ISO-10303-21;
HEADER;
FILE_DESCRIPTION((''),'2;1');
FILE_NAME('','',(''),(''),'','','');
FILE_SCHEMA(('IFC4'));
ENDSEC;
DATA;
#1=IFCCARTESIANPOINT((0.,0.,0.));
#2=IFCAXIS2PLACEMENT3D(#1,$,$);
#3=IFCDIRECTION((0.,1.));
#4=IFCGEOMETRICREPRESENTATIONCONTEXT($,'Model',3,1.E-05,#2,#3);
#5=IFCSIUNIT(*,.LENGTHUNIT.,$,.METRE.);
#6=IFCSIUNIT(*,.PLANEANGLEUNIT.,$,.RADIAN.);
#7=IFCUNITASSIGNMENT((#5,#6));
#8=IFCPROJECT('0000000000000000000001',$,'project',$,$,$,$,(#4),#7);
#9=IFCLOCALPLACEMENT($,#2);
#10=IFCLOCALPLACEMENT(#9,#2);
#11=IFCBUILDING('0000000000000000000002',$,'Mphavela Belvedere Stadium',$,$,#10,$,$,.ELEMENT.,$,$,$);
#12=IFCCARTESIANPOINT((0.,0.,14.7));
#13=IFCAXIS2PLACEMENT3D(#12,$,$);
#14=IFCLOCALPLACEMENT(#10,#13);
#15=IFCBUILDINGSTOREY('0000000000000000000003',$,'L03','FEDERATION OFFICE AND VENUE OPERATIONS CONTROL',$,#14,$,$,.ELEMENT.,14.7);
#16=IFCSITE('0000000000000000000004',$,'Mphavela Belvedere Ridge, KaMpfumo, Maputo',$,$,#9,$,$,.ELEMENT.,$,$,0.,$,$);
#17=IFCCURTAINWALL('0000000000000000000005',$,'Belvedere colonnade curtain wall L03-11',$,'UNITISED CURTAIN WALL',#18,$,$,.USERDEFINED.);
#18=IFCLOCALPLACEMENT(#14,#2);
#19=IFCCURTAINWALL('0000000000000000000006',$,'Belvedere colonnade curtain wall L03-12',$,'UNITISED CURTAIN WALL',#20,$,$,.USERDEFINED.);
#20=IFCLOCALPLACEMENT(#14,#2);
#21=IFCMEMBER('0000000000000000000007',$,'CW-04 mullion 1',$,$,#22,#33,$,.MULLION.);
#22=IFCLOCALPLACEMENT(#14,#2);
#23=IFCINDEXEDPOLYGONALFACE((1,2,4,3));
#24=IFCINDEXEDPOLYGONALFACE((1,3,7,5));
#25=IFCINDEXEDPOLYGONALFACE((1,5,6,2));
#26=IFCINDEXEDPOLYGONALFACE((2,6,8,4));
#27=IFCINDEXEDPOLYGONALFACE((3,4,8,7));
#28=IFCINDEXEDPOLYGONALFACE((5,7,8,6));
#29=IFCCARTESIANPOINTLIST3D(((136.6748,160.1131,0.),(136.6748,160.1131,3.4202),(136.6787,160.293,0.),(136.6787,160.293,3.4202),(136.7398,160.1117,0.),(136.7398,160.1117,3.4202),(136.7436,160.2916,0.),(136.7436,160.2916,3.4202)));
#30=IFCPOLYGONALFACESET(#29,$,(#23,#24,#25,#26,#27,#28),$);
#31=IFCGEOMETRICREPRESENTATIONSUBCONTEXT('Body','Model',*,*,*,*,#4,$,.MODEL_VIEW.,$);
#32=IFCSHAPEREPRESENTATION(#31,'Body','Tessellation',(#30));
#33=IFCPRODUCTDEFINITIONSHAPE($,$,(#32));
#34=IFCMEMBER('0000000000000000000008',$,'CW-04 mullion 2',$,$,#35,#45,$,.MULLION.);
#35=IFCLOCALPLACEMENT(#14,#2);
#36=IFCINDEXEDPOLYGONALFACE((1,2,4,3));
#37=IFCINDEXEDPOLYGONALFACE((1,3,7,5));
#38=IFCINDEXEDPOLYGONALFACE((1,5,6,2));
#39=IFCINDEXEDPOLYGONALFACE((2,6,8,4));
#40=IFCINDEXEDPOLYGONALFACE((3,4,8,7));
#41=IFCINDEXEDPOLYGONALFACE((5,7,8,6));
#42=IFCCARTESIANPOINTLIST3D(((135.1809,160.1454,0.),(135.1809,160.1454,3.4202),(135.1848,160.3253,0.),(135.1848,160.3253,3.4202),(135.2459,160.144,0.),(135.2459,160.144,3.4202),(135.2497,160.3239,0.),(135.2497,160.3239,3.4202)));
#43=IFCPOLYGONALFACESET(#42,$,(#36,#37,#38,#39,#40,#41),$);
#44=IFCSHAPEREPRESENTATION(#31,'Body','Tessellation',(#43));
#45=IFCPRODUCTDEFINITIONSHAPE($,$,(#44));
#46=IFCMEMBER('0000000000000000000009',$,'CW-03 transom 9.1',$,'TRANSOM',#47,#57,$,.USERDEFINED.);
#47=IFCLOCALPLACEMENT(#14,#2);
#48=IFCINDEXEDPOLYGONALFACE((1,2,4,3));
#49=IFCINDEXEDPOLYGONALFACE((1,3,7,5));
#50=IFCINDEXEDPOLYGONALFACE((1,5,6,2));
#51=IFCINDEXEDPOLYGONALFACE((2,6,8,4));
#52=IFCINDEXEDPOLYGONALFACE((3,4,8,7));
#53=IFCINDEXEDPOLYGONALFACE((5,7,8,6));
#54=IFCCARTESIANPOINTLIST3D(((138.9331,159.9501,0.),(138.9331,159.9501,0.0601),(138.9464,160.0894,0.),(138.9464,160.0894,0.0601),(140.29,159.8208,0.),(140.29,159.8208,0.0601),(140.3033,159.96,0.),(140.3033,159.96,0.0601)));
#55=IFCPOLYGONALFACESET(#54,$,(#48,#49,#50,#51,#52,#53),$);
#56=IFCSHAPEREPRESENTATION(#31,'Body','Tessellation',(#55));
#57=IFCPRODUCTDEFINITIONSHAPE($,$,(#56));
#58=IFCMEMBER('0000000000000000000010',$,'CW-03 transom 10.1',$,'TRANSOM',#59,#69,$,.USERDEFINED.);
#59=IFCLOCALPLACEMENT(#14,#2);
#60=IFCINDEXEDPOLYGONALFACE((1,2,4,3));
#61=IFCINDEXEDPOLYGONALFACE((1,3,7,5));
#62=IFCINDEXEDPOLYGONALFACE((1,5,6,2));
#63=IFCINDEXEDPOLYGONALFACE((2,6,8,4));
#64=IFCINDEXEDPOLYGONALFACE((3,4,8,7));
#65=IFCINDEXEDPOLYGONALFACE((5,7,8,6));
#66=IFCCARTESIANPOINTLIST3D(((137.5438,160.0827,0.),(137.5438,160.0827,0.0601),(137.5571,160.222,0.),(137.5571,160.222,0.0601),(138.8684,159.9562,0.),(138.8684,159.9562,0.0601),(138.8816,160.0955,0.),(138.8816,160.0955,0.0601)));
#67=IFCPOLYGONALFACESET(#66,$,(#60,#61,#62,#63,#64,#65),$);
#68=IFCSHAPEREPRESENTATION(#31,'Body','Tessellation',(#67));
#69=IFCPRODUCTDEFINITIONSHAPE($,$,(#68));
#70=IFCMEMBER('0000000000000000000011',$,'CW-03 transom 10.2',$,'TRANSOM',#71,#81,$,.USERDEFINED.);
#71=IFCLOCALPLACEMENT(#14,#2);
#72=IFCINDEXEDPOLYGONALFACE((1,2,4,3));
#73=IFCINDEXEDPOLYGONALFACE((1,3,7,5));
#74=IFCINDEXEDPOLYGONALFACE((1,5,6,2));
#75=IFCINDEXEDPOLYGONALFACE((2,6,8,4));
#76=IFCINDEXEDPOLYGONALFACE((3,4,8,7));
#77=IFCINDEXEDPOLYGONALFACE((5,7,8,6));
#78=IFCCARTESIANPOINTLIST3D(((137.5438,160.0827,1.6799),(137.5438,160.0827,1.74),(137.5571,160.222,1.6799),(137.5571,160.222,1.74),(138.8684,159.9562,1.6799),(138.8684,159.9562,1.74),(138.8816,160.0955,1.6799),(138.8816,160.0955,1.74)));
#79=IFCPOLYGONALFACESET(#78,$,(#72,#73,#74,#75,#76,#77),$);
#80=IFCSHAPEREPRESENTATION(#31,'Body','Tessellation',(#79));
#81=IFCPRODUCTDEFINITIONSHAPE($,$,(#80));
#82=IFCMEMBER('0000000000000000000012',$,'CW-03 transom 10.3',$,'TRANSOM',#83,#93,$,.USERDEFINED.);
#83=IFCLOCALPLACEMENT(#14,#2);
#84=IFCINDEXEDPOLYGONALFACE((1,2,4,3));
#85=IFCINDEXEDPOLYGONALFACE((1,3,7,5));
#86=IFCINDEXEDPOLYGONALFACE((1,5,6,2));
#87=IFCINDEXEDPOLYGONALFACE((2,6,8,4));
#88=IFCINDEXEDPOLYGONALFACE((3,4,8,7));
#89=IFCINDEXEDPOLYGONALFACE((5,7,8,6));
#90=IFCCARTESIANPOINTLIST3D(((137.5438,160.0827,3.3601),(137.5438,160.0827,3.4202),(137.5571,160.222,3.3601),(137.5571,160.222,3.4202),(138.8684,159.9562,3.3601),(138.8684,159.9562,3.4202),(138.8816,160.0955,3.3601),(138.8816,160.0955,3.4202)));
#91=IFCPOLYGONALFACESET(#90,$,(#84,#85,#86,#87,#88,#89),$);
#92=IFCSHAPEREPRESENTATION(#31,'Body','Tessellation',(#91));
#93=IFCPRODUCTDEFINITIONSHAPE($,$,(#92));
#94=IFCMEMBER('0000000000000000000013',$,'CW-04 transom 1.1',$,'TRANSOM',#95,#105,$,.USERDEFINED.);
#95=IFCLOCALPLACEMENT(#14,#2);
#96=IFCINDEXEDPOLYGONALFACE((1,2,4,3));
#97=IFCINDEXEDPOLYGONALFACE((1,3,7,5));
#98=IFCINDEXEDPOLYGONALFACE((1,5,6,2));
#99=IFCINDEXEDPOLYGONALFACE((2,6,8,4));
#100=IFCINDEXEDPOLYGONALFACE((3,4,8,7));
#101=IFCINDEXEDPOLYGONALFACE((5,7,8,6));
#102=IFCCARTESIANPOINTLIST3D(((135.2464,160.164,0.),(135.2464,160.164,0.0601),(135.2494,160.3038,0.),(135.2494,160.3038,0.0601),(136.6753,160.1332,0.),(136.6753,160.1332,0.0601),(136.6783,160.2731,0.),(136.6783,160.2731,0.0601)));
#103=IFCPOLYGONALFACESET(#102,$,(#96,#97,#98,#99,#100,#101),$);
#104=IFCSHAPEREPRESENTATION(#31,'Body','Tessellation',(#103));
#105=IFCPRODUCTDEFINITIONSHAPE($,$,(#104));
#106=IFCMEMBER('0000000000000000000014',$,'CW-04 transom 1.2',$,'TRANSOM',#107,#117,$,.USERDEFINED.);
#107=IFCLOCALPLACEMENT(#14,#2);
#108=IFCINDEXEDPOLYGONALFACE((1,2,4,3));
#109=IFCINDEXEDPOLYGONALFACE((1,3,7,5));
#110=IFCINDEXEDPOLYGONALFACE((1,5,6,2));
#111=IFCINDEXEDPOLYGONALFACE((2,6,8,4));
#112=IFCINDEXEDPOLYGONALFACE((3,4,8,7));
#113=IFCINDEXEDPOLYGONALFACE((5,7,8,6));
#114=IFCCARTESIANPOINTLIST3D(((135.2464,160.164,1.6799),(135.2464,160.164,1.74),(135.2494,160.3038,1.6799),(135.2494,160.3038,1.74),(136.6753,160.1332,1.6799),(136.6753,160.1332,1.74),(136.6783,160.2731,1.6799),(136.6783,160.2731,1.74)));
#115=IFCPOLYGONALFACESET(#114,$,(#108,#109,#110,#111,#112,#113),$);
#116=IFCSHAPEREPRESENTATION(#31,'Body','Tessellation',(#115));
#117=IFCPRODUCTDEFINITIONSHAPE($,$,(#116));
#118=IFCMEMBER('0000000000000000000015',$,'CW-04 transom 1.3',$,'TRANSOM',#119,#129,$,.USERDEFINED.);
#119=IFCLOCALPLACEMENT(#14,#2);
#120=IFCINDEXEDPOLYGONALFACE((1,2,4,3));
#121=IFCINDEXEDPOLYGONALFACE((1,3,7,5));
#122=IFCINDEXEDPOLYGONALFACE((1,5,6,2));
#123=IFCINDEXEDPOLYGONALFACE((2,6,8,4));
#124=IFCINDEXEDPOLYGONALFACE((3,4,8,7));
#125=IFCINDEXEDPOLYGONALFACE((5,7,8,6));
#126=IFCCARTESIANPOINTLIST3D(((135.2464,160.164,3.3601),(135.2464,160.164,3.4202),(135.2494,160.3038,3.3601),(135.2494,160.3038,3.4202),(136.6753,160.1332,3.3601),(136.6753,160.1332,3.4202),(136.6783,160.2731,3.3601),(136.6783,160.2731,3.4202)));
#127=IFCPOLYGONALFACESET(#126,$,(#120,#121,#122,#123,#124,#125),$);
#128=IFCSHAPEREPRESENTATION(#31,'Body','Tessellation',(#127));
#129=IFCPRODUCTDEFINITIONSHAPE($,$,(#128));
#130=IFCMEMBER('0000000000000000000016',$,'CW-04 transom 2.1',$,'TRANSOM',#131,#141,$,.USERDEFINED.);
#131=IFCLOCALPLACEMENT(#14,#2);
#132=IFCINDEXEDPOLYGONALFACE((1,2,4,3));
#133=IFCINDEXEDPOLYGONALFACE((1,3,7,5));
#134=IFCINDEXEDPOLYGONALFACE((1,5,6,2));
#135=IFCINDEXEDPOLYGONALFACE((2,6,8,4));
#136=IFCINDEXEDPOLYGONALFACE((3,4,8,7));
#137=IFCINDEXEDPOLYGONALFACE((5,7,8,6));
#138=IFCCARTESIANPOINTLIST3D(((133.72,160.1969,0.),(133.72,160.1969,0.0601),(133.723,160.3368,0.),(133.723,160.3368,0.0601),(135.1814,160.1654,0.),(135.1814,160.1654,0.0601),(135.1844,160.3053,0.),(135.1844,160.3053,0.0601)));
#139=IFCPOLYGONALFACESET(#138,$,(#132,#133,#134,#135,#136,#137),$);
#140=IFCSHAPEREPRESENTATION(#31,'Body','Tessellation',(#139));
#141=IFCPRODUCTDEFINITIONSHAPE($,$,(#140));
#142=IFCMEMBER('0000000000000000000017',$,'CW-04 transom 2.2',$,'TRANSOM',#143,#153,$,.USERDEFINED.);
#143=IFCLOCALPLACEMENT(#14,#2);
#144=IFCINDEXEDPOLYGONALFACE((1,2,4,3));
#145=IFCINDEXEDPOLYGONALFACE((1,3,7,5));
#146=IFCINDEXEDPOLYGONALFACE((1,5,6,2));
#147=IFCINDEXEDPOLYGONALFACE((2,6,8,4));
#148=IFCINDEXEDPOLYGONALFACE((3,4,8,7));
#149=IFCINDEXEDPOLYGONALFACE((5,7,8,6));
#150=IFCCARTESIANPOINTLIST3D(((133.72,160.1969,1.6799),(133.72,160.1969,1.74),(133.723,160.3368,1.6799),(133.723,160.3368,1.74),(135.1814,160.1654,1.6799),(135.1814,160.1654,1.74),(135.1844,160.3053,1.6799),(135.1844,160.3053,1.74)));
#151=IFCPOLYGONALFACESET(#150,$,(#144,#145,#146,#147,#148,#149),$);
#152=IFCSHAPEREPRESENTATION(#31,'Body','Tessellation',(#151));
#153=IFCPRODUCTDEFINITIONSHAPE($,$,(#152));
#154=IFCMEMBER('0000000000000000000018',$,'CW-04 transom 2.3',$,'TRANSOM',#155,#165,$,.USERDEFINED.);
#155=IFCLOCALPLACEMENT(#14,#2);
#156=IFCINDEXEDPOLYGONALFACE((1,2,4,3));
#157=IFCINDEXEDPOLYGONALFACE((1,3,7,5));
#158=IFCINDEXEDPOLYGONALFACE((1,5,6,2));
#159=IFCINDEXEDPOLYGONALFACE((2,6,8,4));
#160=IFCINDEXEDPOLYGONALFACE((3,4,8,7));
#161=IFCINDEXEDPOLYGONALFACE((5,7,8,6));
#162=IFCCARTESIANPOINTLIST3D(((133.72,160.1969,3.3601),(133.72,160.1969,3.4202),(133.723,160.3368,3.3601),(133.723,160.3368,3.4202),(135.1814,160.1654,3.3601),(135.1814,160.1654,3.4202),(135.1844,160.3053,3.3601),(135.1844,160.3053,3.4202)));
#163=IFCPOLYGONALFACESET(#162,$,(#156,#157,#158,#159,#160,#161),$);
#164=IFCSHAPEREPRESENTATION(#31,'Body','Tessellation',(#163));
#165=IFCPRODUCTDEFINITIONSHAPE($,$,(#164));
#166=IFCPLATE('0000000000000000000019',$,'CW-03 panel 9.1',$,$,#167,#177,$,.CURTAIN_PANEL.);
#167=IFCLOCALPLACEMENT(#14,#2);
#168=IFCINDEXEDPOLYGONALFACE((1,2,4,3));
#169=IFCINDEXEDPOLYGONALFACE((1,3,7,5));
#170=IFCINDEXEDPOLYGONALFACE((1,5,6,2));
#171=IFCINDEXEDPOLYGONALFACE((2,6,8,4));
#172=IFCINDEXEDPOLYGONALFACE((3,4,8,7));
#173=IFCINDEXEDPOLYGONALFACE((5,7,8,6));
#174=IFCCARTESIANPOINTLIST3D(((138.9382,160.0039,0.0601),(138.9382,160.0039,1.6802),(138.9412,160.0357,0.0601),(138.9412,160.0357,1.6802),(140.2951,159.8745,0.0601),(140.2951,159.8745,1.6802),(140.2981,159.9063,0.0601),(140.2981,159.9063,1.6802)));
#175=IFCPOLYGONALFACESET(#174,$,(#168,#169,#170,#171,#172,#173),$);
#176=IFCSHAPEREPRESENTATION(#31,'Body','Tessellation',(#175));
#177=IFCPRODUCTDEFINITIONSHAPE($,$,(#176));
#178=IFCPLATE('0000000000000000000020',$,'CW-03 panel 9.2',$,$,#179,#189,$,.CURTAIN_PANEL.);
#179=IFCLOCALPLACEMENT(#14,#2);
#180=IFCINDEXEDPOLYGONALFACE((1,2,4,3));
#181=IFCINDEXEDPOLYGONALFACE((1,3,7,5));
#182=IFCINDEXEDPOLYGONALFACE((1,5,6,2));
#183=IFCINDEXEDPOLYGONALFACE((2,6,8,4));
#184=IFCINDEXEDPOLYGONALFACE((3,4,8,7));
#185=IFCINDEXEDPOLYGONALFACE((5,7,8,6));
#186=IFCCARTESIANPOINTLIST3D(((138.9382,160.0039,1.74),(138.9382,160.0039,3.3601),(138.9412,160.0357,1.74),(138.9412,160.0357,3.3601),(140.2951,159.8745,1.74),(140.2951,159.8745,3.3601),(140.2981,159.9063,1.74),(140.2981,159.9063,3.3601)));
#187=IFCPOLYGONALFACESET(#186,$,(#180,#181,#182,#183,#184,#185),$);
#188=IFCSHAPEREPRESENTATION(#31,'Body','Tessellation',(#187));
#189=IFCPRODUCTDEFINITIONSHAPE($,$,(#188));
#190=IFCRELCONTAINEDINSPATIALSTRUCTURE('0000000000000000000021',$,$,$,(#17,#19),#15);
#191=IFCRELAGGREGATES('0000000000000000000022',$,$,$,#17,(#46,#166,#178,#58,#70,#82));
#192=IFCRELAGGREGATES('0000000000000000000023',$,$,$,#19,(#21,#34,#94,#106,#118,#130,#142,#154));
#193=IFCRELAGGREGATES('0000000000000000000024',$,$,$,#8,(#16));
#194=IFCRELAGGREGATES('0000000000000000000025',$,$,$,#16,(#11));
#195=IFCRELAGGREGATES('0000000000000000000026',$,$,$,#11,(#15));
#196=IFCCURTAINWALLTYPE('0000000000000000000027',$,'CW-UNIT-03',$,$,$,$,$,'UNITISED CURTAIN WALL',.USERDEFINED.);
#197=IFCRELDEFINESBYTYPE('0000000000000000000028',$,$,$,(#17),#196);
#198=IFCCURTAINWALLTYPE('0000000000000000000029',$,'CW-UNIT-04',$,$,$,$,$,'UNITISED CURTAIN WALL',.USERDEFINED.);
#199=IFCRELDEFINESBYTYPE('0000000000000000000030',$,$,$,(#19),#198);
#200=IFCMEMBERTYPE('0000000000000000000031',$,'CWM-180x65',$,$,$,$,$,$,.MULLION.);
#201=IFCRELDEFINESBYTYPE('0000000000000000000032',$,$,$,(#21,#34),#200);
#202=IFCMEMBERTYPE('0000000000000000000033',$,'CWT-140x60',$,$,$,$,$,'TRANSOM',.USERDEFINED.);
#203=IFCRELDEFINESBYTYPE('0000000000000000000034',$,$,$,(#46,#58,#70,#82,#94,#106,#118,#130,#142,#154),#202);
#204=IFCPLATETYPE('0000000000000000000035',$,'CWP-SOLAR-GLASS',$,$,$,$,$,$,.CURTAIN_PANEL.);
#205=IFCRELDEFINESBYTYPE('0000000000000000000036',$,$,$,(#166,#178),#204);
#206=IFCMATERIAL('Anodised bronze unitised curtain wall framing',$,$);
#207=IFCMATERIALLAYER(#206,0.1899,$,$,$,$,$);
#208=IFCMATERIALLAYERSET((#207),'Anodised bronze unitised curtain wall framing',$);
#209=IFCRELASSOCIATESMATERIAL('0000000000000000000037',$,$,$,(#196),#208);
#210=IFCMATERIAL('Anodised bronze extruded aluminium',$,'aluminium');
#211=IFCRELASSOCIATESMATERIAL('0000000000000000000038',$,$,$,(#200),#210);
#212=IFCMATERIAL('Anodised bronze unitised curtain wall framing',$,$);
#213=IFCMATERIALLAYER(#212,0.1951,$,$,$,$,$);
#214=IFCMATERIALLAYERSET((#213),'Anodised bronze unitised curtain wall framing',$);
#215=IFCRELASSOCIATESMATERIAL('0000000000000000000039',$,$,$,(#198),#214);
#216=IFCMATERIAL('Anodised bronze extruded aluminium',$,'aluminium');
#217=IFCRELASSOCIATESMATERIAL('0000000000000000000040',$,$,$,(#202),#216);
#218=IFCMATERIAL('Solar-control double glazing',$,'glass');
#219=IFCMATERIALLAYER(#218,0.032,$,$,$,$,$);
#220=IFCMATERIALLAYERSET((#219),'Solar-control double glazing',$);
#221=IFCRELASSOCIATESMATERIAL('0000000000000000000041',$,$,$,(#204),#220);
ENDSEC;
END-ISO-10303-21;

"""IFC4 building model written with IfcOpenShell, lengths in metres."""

from ifc_helpers import new_model, si_unit, direction, frame, origin, origin_2d, place, context, subcontext, project, spatial, rectangle, extrude, material, layer, layer_set, material_profile, profile_set, type_object, element, aggregate, save


model = new_model("IFC4")

# Units and contexts
model_context = context("Model", 3, precision=1e-05, world=origin(), true_north=direction((0.0, 1.0)))
body_context = subcontext(model_context, "Body", "Model", "MODEL_VIEW")
ifc_project = project(units=[si_unit("LENGTHUNIT", "METRE"), si_unit("PLANEANGLEUNIT", "RADIAN")], contexts=[model_context])

# Site, building, storey
site_placement = place(None, origin())
site = spatial("IfcSite", under=ifc_project, at=site_placement, Name="Mphavela Belvedere Ridge, KaMpfumo, Maputo", CompositionType="ELEMENT", RefElevation=0.0)
building_placement = place(site_placement, origin())
building = spatial("IfcBuilding", under=site, at=building_placement, Name="Mphavela Belvedere Stadium", CompositionType="ELEMENT")
storey_placement = place(building_placement, frame((0.0, 0.0, 14.7)))
storey = spatial("IfcBuildingStorey", under=building, at=storey_placement, Name="L03", Description="FEDERATION OFFICE AND VENUE OPERATIONS CONTROL", CompositionType="ELEMENT", Elevation=14.7)

# Curtain walls, members
ifc_material_1 = material(Name="Anodised bronze unitised curtain wall framing")
ifc_layer_1 = layer(ifc_material_1, 0.1899)
ifc_layer_set_1 = layer_set([ifc_layer_1], Name="Anodised bronze unitised curtain wall framing")
curtain_wall_type_1 = type_object("IfcCurtainWallType", Name="CW-UNIT-03", ElementType="UNITISED CURTAIN WALL", PredefinedType="USERDEFINED", material=ifc_layer_set_1)
curtain_wall_1_placement = place(storey_placement, origin())
curtain_wall_1 = element("IfcCurtainWall", 1, at=curtain_wall_1_placement, inside=storey, type_object=curtain_wall_type_1, Name="Belvedere colonnade curtain wall L03-11", ObjectType="UNITISED CURTAIN WALL", PredefinedType="USERDEFINED")
ifc_material_2 = material(Name="Anodised bronze extruded aluminium", Category="aluminium")
ifc_material_profile_1 = material_profile(ifc_material_2, rectangle(XDim=0.1799, YDim=0.0649, at=origin_2d()), Name="CW-MUL 180x65")
ifc_profile_set_1 = profile_set([ifc_material_profile_1], Name="Anodised bronze extruded aluminium")
member_type_1 = type_object("IfcMemberType", Name="CWM-180x65", PredefinedType="MULLION", material=ifc_profile_set_1)
ifc_material_3 = material(Name="Anodised bronze unitised curtain wall framing")
ifc_layer_2 = layer(ifc_material_3, 0.1951)
ifc_layer_set_2 = layer_set([ifc_layer_2], Name="Anodised bronze unitised curtain wall framing")
curtain_wall_type_2 = type_object("IfcCurtainWallType", Name="CW-UNIT-04", ElementType="UNITISED CURTAIN WALL", PredefinedType="USERDEFINED", material=ifc_layer_set_2)
curtain_wall_2_placement = place(storey_placement, origin())
curtain_wall_2 = element("IfcCurtainWall", 2, at=curtain_wall_2_placement, inside=storey, type_object=curtain_wall_type_2, Name="Belvedere colonnade curtain wall L03-12", ObjectType="UNITISED CURTAIN WALL", PredefinedType="USERDEFINED")
member_1_placement = place(storey_placement, frame((136.7092, 160.2024, 0.0), z_axis=(0.0, 0.0, 1.0), x_axis=(-0.021531, -0.999768, 0.0)))
member_1 = element("IfcMember", 3, at=member_1_placement, type_object=member_type_1, Name="CW-04 mullion 1", PredefinedType="MULLION", context=body_context, shape_type="SweptSolid", body=[
    extrude(rectangle(XDim=0.1799, YDim=0.0649, at=origin_2d()), origin(), (0.0, 0.0, 1.0), 3.4202),
])
member_2_placement = place(storey_placement, frame((135.2153, 160.2346, 0.0), z_axis=(0.0, 0.0, 1.0), x_axis=(-0.021531, -0.999768, 0.0)))
member_2 = element("IfcMember", 4, at=member_2_placement, type_object=member_type_1, Name="CW-04 mullion 2", PredefinedType="MULLION", context=body_context, shape_type="SweptSolid", body=[
    extrude(rectangle(XDim=0.1799, YDim=0.0649, at=origin_2d()), origin(), (0.0, 0.0, 1.0), 3.4202),
])

# Members
ifc_material_4 = material(Name="Anodised bronze extruded aluminium", Category="aluminium")
ifc_material_profile_2 = material_profile(ifc_material_4, rectangle(XDim=0.1399, YDim=0.0601, at=origin_2d()), Name="CW-TRN 140x60")
ifc_profile_set_2 = profile_set([ifc_material_profile_2], Name="Anodised bronze extruded aluminium")
member_type_2 = type_object("IfcMemberType", Name="CWT-140x60", ElementType="TRANSOM", PredefinedType="USERDEFINED", material=ifc_profile_set_2)
member_3_placement = place(storey_placement, frame((140.2966, 159.8904, 0.03), z_axis=(-0.995484, 0.094927, 0.0), x_axis=(-0.094927, -0.995484, 0.0)))
member_3 = element("IfcMember", 5, at=member_3_placement, type_object=member_type_2, Name="CW-03 transom 9.1", ObjectType="TRANSOM", PredefinedType="USERDEFINED", context=body_context, shape_type="SweptSolid", body=[
    extrude(rectangle(XDim=0.1399, YDim=0.0601, at=origin_2d()), origin(), (0.0, 0.0, 1.0), 1.363),
])
member_4_placement = place(storey_placement, frame((138.875, 160.0259, 0.03), z_axis=(-0.995472, 0.095052, 0.0), x_axis=(-0.095052, -0.995472, 0.0)))
member_4 = element("IfcMember", 6, at=member_4_placement, type_object=member_type_2, Name="CW-03 transom 10.1", ObjectType="TRANSOM", PredefinedType="USERDEFINED", context=body_context, shape_type="SweptSolid", body=[
    extrude(rectangle(XDim=0.1399, YDim=0.0601, at=origin_2d()), origin(), (0.0, 0.0, 1.0), 1.3306),
])
member_5_placement = place(storey_placement, frame((138.875, 160.0259, 1.71), z_axis=(-0.995472, 0.095052, 0.0), x_axis=(-0.095052, -0.995472, 0.0)))
member_5 = element("IfcMember", 7, at=member_5_placement, type_object=member_type_2, Name="CW-03 transom 10.2", ObjectType="TRANSOM", PredefinedType="USERDEFINED", context=body_context, shape_type="SweptSolid", body=[
    extrude(rectangle(XDim=0.1399, YDim=0.0601, at=origin_2d()), origin(), (0.0, 0.0, 1.0), 1.3306),
])
member_6_placement = place(storey_placement, frame((138.875, 160.0259, 3.3901), z_axis=(-0.995472, 0.095052, 0.0), x_axis=(-0.095052, -0.995472, 0.0)))
member_6 = element("IfcMember", 8, at=member_6_placement, type_object=member_type_2, Name="CW-03 transom 10.3", ObjectType="TRANSOM", PredefinedType="USERDEFINED", context=body_context, shape_type="SweptSolid", body=[
    extrude(rectangle(XDim=0.1399, YDim=0.0601, at=origin_2d()), origin(), (0.0, 0.0, 1.0), 1.3306),
])
member_7_placement = place(storey_placement, frame((136.6768, 160.2031, 0.03), z_axis=(-0.999768, 0.021522, 0.0), x_axis=(-0.021522, -0.999768, 0.0)))
member_7 = element("IfcMember", 9, at=member_7_placement, type_object=member_type_2, Name="CW-04 transom 1.1", ObjectType="TRANSOM", PredefinedType="USERDEFINED", context=body_context, shape_type="SweptSolid", body=[
    extrude(rectangle(XDim=0.1399, YDim=0.0601, at=origin_2d()), origin(), (0.0, 0.0, 1.0), 1.4292),
])
member_8_placement = place(storey_placement, frame((136.6768, 160.2031, 1.71), z_axis=(-0.999768, 0.021522, 0.0), x_axis=(-0.021522, -0.999768, 0.0)))
member_8 = element("IfcMember", 10, at=member_8_placement, type_object=member_type_2, Name="CW-04 transom 1.2", ObjectType="TRANSOM", PredefinedType="USERDEFINED", context=body_context, shape_type="SweptSolid", body=[
    extrude(rectangle(XDim=0.1399, YDim=0.0601, at=origin_2d()), origin(), (0.0, 0.0, 1.0), 1.4292),
])
member_9_placement = place(storey_placement, frame((136.6768, 160.2031, 3.3901), z_axis=(-0.999768, 0.021522, 0.0), x_axis=(-0.021522, -0.999768, 0.0)))
member_9 = element("IfcMember", 11, at=member_9_placement, type_object=member_type_2, Name="CW-04 transom 1.3", ObjectType="TRANSOM", PredefinedType="USERDEFINED", context=body_context, shape_type="SweptSolid", body=[
    extrude(rectangle(XDim=0.1399, YDim=0.0601, at=origin_2d()), origin(), (0.0, 0.0, 1.0), 1.4292),
])
member_10_placement = place(storey_placement, frame((135.1829, 160.2354, 0.03), z_axis=(-0.999768, 0.021545, 0.0), x_axis=(-0.021545, -0.999768, 0.0)))
member_10 = element("IfcMember", 12, at=member_10_placement, type_object=member_type_2, Name="CW-04 transom 2.1", ObjectType="TRANSOM", PredefinedType="USERDEFINED", context=body_context, shape_type="SweptSolid", body=[
    extrude(rectangle(XDim=0.1399, YDim=0.0601, at=origin_2d()), origin(), (0.0, 0.0, 1.0), 1.4617),
])
member_11_placement = place(storey_placement, frame((135.1829, 160.2354, 1.71), z_axis=(-0.999768, 0.021545, 0.0), x_axis=(-0.021545, -0.999768, 0.0)))
member_11 = element("IfcMember", 13, at=member_11_placement, type_object=member_type_2, Name="CW-04 transom 2.2", ObjectType="TRANSOM", PredefinedType="USERDEFINED", context=body_context, shape_type="SweptSolid", body=[
    extrude(rectangle(XDim=0.1399, YDim=0.0601, at=origin_2d()), origin(), (0.0, 0.0, 1.0), 1.4617),
])
member_12_placement = place(storey_placement, frame((135.1829, 160.2354, 3.3901), z_axis=(-0.999768, 0.021545, 0.0), x_axis=(-0.021545, -0.999768, 0.0)))
member_12 = element("IfcMember", 14, at=member_12_placement, type_object=member_type_2, Name="CW-04 transom 2.3", ObjectType="TRANSOM", PredefinedType="USERDEFINED", context=body_context, shape_type="SweptSolid", body=[
    extrude(rectangle(XDim=0.1399, YDim=0.0601, at=origin_2d()), origin(), (0.0, 0.0, 1.0), 1.4617),
])

# Plates
ifc_material_5 = material(Name="Solar-control double glazing", Category="glass")
ifc_layer_3 = layer(ifc_material_5, 0.032)
ifc_layer_set_3 = layer_set([ifc_layer_3], Name="Solar-control double glazing")
plate_type = type_object("IfcPlateType", Name="CWP-SOLAR-GLASS", PredefinedType="CURTAIN_PANEL", material=ifc_layer_set_3)
plate_1_placement = place(storey_placement, frame((139.6182, 159.9551, 0.0601), z_axis=(0.0, 0.0, 1.0), x_axis=(-0.995484, 0.094929, 0.0)))
plate_1 = element("IfcPlate", 15, at=plate_1_placement, type_object=plate_type, Name="CW-03 panel 9.1", PredefinedType="CURTAIN_PANEL", context=body_context, shape_type="SweptSolid", body=[
    extrude(rectangle(XDim=1.363, YDim=0.032, at=origin_2d()), origin(), (0.0, 0.0, 1.0), 1.6201),
])
plate_2_placement = place(storey_placement, frame((139.6182, 159.9551, 1.74), z_axis=(0.0, 0.0, 1.0), x_axis=(-0.995484, 0.094929, 0.0)))
plate_2 = element("IfcPlate", 16, at=plate_2_placement, type_object=plate_type, Name="CW-03 panel 9.2", PredefinedType="CURTAIN_PANEL", context=body_context, shape_type="SweptSolid", body=[
    extrude(rectangle(XDim=1.363, YDim=0.032, at=origin_2d()), origin(), (0.0, 0.0, 1.0), 1.6201),
])
aggregate(curtain_wall_1, [member_3, plate_1, plate_2, member_4, member_5, member_6])
aggregate(curtain_wall_2, [member_1, member_2, member_7, member_8, member_9, member_10, member_11, member_12])

save(model, "model.ifc")
